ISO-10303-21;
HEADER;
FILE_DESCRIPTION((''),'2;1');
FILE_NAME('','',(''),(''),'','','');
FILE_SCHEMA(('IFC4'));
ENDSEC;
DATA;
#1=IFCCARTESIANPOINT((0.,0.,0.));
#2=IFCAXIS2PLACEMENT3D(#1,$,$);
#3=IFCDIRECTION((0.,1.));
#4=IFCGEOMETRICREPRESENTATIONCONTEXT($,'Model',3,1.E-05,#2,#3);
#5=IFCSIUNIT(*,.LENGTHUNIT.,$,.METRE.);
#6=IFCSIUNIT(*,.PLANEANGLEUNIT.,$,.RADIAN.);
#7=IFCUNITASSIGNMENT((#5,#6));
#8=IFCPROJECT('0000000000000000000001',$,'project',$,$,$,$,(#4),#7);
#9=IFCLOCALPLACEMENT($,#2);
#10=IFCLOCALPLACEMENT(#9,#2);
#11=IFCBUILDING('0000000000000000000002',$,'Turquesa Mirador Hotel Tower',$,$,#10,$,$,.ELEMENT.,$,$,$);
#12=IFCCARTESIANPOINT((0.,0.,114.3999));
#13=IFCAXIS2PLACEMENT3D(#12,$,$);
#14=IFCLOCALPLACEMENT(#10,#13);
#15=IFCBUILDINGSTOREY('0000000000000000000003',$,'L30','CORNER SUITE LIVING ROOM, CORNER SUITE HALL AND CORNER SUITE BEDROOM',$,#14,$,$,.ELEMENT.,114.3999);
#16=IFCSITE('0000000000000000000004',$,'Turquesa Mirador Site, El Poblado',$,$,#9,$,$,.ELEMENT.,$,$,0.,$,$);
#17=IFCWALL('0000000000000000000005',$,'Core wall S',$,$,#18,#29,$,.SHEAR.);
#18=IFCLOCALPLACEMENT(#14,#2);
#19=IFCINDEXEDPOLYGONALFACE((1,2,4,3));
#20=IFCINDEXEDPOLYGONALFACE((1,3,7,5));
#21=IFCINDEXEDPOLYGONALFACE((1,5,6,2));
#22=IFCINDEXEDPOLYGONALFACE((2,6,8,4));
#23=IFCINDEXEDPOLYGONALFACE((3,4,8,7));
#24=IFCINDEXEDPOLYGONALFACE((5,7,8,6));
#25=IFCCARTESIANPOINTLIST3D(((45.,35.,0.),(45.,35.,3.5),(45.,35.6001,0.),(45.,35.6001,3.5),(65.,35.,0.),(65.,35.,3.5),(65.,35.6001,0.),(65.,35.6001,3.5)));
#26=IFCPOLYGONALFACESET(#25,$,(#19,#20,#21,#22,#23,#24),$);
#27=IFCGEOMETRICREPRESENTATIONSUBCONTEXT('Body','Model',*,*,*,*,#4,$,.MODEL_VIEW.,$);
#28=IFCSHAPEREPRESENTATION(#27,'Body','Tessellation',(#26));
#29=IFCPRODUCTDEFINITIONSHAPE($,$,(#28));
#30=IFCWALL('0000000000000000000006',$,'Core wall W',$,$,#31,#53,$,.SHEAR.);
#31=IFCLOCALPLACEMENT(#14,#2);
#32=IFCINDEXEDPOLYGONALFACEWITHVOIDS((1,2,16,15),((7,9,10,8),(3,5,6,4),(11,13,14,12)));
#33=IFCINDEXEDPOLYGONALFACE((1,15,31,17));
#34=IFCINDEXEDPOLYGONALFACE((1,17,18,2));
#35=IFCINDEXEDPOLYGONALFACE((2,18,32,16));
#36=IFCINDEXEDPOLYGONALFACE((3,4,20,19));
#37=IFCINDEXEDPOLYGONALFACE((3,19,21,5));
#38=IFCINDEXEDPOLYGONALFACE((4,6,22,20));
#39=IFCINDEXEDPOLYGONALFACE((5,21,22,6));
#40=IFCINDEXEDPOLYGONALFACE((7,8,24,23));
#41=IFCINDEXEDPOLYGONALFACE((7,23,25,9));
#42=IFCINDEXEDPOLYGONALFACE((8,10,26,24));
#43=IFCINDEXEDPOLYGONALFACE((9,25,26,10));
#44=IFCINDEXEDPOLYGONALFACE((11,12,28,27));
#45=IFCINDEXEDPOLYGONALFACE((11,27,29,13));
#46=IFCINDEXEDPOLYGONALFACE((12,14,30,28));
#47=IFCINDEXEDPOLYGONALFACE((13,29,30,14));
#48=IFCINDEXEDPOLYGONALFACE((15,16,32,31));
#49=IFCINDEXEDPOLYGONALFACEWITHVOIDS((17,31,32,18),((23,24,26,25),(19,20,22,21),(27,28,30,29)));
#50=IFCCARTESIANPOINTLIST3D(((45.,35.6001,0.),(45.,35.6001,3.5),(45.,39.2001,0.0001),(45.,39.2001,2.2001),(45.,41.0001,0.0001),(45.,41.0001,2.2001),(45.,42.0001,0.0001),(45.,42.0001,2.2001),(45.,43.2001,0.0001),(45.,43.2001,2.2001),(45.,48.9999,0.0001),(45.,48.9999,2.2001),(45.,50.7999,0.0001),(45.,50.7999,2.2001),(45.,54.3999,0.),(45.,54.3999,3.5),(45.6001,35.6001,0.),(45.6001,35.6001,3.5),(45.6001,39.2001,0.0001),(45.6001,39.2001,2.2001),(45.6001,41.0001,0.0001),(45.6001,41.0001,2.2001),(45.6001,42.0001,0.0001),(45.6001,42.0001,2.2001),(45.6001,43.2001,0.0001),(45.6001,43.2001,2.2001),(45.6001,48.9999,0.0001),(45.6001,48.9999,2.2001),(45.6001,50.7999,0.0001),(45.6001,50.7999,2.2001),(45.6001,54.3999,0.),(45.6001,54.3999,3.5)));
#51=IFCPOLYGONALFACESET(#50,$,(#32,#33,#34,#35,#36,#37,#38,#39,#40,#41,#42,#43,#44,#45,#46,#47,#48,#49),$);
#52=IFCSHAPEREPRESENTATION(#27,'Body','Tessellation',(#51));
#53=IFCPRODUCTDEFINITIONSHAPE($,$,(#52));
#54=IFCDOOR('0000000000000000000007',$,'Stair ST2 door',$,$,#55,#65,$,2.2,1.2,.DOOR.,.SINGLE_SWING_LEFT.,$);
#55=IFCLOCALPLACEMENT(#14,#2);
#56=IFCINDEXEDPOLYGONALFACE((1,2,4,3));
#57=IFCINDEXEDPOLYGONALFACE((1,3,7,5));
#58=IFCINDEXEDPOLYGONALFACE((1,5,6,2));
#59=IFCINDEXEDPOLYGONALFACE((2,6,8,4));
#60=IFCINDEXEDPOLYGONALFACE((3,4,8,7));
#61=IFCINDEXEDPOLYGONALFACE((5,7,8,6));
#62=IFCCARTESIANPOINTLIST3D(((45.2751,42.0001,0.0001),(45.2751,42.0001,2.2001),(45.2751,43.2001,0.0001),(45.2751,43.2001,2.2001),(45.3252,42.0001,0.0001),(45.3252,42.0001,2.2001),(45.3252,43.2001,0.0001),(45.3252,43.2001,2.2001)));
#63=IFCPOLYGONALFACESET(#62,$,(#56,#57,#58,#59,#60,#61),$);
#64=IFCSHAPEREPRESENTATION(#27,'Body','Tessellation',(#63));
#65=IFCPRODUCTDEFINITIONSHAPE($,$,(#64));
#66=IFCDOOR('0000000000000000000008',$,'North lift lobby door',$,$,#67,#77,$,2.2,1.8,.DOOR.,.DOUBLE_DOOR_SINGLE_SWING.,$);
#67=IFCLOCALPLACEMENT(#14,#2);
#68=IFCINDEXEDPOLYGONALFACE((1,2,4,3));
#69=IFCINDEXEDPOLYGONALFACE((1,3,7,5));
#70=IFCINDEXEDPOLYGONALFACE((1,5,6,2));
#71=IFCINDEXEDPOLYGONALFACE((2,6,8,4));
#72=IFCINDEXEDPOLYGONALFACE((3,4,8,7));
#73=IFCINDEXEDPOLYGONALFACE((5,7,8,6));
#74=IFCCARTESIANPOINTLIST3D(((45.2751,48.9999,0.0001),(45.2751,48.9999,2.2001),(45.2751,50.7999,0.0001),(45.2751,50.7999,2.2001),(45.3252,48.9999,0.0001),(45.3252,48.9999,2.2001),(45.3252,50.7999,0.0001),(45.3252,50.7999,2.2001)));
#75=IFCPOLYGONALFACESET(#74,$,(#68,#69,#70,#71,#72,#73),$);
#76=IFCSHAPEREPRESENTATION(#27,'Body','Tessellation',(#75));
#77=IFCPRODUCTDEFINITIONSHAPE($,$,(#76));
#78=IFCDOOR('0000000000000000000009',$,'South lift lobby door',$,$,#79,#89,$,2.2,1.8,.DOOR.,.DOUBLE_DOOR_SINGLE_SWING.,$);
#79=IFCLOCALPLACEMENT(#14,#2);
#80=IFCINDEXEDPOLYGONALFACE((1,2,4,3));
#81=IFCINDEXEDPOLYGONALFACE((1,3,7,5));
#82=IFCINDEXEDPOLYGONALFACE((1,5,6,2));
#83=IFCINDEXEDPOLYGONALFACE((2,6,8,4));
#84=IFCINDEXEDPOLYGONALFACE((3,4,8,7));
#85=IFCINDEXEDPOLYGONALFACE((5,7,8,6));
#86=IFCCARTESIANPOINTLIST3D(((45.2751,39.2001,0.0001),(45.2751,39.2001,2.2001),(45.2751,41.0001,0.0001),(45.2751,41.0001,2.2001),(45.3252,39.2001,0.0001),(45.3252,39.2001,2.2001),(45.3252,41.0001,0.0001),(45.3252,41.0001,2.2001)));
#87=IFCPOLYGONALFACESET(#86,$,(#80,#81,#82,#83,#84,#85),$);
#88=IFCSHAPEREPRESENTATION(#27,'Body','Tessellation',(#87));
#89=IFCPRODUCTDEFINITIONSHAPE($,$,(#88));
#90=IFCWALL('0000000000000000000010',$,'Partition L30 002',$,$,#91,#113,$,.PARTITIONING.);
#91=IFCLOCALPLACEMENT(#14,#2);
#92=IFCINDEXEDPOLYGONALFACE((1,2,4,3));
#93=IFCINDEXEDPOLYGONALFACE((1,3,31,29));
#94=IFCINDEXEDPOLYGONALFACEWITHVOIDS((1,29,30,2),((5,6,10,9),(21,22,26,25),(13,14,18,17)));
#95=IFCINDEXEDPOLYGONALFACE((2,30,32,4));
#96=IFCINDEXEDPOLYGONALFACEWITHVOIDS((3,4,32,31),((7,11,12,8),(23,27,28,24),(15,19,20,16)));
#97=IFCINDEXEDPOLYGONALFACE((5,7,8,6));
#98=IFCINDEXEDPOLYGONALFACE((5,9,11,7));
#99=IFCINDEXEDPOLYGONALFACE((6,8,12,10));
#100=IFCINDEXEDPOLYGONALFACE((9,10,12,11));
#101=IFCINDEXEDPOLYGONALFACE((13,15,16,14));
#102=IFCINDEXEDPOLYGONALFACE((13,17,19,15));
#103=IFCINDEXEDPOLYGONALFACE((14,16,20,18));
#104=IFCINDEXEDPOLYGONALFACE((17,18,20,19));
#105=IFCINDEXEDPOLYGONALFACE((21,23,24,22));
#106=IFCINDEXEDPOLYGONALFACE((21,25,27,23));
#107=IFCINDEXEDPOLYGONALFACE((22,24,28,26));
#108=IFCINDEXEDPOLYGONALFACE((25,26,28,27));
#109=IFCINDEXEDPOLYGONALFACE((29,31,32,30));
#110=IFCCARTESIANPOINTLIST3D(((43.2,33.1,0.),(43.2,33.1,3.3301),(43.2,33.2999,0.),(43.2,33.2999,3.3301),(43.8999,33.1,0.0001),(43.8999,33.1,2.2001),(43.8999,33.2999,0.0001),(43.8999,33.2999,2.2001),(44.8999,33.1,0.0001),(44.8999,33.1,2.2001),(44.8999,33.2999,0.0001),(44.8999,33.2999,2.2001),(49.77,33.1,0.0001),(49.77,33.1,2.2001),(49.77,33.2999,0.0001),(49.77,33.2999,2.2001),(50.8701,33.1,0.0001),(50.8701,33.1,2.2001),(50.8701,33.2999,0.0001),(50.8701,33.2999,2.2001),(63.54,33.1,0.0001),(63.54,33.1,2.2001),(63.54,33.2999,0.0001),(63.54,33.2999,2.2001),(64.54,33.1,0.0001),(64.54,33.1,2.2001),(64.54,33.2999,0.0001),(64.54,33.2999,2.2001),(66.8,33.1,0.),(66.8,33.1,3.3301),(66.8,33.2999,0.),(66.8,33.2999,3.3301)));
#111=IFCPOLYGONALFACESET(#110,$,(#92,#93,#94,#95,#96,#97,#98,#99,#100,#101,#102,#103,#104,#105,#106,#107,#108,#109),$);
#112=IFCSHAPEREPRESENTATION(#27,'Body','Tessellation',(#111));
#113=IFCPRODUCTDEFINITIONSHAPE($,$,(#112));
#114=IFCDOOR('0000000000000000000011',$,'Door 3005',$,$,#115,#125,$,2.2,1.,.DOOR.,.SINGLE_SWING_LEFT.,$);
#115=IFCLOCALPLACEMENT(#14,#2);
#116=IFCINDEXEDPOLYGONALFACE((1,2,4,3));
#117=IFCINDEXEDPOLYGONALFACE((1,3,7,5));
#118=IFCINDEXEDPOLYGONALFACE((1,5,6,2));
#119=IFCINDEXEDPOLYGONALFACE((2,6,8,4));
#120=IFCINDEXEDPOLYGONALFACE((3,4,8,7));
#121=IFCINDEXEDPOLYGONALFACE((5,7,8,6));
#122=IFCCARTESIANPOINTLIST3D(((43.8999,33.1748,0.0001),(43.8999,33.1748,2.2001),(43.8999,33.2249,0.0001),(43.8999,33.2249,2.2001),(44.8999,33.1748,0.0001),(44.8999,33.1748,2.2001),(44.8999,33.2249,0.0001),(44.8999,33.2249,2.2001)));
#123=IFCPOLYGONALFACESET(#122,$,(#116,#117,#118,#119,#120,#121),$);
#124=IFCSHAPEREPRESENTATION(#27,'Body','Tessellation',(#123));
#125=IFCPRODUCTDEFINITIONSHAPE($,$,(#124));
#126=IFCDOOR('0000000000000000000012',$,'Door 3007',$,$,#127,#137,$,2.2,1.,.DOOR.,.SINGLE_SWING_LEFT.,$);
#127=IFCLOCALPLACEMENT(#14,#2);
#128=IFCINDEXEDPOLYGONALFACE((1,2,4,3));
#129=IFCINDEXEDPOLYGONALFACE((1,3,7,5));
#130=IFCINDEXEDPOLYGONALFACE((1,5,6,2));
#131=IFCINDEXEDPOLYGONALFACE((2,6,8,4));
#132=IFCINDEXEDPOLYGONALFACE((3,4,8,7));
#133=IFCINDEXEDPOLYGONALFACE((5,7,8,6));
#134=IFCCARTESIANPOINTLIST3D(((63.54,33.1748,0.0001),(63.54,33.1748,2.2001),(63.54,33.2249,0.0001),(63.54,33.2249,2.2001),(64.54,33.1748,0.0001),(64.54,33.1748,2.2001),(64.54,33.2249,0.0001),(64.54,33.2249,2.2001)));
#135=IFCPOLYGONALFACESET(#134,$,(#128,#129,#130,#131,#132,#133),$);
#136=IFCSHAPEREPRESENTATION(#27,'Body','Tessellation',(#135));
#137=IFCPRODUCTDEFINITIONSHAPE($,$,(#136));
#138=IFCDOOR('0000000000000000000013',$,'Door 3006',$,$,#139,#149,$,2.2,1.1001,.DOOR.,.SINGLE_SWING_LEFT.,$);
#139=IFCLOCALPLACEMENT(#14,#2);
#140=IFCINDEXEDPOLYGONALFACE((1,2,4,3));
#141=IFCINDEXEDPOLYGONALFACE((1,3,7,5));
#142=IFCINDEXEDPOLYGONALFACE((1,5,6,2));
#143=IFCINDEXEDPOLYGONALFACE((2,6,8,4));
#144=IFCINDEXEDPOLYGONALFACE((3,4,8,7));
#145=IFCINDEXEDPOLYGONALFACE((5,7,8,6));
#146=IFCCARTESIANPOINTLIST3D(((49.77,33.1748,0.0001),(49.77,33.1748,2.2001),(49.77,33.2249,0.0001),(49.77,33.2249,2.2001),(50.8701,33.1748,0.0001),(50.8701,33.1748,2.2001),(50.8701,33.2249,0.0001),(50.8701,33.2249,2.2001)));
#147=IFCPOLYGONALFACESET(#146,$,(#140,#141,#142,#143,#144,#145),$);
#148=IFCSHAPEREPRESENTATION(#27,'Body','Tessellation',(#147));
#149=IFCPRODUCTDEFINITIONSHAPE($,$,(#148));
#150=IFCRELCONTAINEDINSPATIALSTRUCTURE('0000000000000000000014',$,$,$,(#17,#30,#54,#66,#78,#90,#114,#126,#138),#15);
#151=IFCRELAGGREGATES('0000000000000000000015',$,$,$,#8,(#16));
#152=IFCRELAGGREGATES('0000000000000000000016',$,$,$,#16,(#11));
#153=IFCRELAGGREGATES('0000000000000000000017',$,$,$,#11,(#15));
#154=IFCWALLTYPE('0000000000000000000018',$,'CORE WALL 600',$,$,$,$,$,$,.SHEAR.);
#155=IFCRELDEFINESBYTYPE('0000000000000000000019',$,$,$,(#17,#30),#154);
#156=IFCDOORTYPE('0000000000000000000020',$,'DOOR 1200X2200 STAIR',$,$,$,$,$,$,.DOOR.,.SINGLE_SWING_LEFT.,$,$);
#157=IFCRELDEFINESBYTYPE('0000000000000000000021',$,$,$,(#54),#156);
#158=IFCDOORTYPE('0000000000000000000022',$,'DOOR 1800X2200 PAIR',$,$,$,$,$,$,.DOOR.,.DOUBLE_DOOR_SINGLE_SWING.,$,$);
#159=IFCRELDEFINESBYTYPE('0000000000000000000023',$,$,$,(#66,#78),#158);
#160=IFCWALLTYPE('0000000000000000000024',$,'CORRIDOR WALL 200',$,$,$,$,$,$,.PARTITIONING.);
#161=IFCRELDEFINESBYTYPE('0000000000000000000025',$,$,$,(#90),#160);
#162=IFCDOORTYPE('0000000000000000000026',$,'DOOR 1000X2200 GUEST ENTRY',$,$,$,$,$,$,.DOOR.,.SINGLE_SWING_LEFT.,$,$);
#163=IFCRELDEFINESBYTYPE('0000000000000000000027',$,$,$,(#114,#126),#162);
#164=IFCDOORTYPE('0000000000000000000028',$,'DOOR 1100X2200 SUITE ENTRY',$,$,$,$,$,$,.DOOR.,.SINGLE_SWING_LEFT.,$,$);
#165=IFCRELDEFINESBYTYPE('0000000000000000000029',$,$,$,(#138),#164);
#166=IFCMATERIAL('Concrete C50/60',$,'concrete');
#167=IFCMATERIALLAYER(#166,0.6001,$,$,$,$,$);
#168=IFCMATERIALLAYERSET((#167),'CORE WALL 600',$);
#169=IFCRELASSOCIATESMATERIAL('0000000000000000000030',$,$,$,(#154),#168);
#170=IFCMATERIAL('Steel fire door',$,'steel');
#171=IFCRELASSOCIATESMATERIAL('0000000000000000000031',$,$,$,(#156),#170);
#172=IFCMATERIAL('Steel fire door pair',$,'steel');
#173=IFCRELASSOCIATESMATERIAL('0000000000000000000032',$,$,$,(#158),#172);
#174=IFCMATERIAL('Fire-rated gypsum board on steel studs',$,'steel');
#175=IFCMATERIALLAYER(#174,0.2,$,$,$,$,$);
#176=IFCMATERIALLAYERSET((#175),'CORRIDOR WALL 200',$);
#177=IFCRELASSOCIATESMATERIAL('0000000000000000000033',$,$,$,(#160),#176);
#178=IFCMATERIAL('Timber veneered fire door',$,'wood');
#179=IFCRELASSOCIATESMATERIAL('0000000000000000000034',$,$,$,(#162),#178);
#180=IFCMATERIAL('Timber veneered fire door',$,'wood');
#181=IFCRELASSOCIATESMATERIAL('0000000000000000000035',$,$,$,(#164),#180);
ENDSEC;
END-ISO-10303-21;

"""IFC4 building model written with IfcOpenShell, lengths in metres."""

from ifc_helpers import new_model, si_unit, direction, frame, frame_2d, origin, place, context, subcontext, project, spatial, rectangle, extrude, material, layer, layer_set, type_object, element, fill, save


model = new_model("IFC4")

# Units and contexts
model_context = context("Model", 3, precision=1e-05, world=origin(), true_north=direction((0.0, 1.0)))
body_context = subcontext(model_context, "Body", "Model", "MODEL_VIEW")
ifc_project = project(units=[si_unit("LENGTHUNIT", "METRE"), si_unit("PLANEANGLEUNIT", "RADIAN")], contexts=[model_context])

# Site, building, storey
site_placement = place(None, origin())
site = spatial("IfcSite", under=ifc_project, at=site_placement, Name="Turquesa Mirador Site, El Poblado", CompositionType="ELEMENT", RefElevation=0.0)
building_placement = place(site_placement, origin())
building = spatial("IfcBuilding", under=site, at=building_placement, Name="Turquesa Mirador Hotel Tower", CompositionType="ELEMENT")
storey_placement = place(building_placement, frame((0.0, 0.0, 114.3999)))
storey = spatial("IfcBuildingStorey", under=building, at=storey_placement, Name="L30", Description="CORNER SUITE LIVING ROOM, CORNER SUITE HALL AND CORNER SUITE BEDROOM", CompositionType="ELEMENT", Elevation=114.3999)

# Wall
ifc_material_1 = material(Name="Concrete C50/60", Category="concrete")
ifc_layer_1 = layer(ifc_material_1, 0.6001)
ifc_layer_set_1 = layer_set([ifc_layer_1], Name="CORE WALL 600")
wall_type_1 = type_object("IfcWallType", Name="CORE WALL 600", PredefinedType="SHEAR", material=ifc_layer_set_1)
wall_1_placement = place(storey_placement, frame((45.0, 35.3, 0.0), z_axis=(0.0, 0.0, 1.0), x_axis=(1.0, 0.0, 0.0)))
element("IfcWall", 1, at=wall_1_placement, inside=storey, type_object=wall_type_1, Name="Core wall S", PredefinedType="SHEAR", context=body_context, shape_type="SweptSolid", body=[
    extrude(rectangle(XDim=20.0, YDim=0.6001, at=frame_2d((10.0, 0.0))), origin(), (0.0, 0.0, 1.0), 3.5),
])

# Walls, openings, doors
wall_2_placement = place(storey_placement, frame((45.3, 35.6001, 0.0), z_axis=(0.0, 0.0, 1.0), x_axis=(0.0, 1.0, 0.0)))
wall_2 = element("IfcWall", 2, at=wall_2_placement, inside=storey, type_object=wall_type_1, Name="Core wall W", PredefinedType="SHEAR", context=body_context, shape_type="SweptSolid", body=[
    extrude(rectangle(XDim=18.7998, YDim=0.6001, at=frame_2d((9.3999, 0.0))), origin(), (0.0, 0.0, 1.0), 3.5),
])
opening_1_placement = place(wall_2_placement, frame((13.3999, 0.0, 0.0)))
opening_1 = element("IfcOpeningElement", 3, at=opening_1_placement, cuts=wall_2, PredefinedType="OPENING", context=body_context, shape_type="SweptSolid", body=[
    extrude(rectangle(XDim=1.8, YDim=2.2, at=frame_2d((0.8999, 1.1001))), frame((0.0, 0.3101, 0.0), z_axis=(0.0, -1.0, 0.0), x_axis=(1.0, 0.0, 0.0)), (0.0, 0.0, 1.0), 0.6201),
])
opening_2_placement = place(wall_2_placement, frame((3.6001, 0.0, 0.0)))
opening_2 = element("IfcOpeningElement", 4, at=opening_2_placement, cuts=wall_2, PredefinedType="OPENING", context=body_context, shape_type="SweptSolid", body=[
    extrude(rectangle(XDim=1.8, YDim=2.2, at=frame_2d((0.8999, 1.1001))), frame((0.0, 0.3101, 0.0), z_axis=(0.0, -1.0, 0.0), x_axis=(1.0, 0.0, 0.0)), (0.0, 0.0, 1.0), 0.6201),
])
opening_3_placement = place(wall_2_placement, frame((6.3999, 0.0, 0.0)))
opening_3 = element("IfcOpeningElement", 5, at=opening_3_placement, cuts=wall_2, PredefinedType="OPENING", context=body_context, shape_type="SweptSolid", body=[
    extrude(rectangle(XDim=1.2, YDim=2.2, at=frame_2d((0.6001, 1.1001))), frame((0.0, 0.3101, 0.0), z_axis=(0.0, -1.0, 0.0), x_axis=(1.0, 0.0, 0.0)), (0.0, 0.0, 1.0), 0.6201),
])
ifc_material_2 = material(Name="Steel fire door", Category="steel")
door_type_1 = type_object("IfcDoorType", Name="DOOR 1200X2200 STAIR", OperationType="SINGLE_SWING_LEFT", PredefinedType="DOOR", material=ifc_material_2)
door_1_placement = place(opening_3_placement, origin())
door_1 = element("IfcDoor", 6, at=door_1_placement, inside=storey, type_object=door_type_1, Name="Stair ST2 door", OperationType="SINGLE_SWING_LEFT", OverallHeight=2.2, OverallWidth=1.2, PredefinedType="DOOR", context=body_context, shape_type="SweptSolid", body=[
    extrude(rectangle(XDim=1.2, YDim=2.2, at=frame_2d((0.6001, 1.1001))), frame((0.0, 0.0249, 0.0), z_axis=(0.0, -1.0, 0.0), x_axis=(1.0, 0.0, 0.0)), (0.0, 0.0, 1.0), 0.05),
])
fill(opening_3, door_1)
ifc_material_3 = material(Name="Steel fire door pair", Category="steel")
door_type_2 = type_object("IfcDoorType", Name="DOOR 1800X2200 PAIR", OperationType="DOUBLE_DOOR_SINGLE_SWING", PredefinedType="DOOR", material=ifc_material_3)
door_2_placement = place(opening_1_placement, origin())
door_2 = element("IfcDoor", 7, at=door_2_placement, inside=storey, type_object=door_type_2, Name="North lift lobby door", OperationType="DOUBLE_DOOR_SINGLE_SWING", OverallHeight=2.2, OverallWidth=1.8, PredefinedType="DOOR", context=body_context, shape_type="SweptSolid", body=[
    extrude(rectangle(XDim=1.8, YDim=2.2, at=frame_2d((0.8999, 1.1001))), frame((0.0, 0.0249, 0.0), z_axis=(0.0, -1.0, 0.0), x_axis=(1.0, 0.0, 0.0)), (0.0, 0.0, 1.0), 0.05),
])
fill(opening_1, door_2)
door_3_placement = place(opening_2_placement, origin())
door_3 = element("IfcDoor", 8, at=door_3_placement, inside=storey, type_object=door_type_2, Name="South lift lobby door", OperationType="DOUBLE_DOOR_SINGLE_SWING", OverallHeight=2.2, OverallWidth=1.8, PredefinedType="DOOR", context=body_context, shape_type="SweptSolid", body=[
    extrude(rectangle(XDim=1.8, YDim=2.2, at=frame_2d((0.8999, 1.1001))), frame((0.0, 0.0249, 0.0), z_axis=(0.0, -1.0, 0.0), x_axis=(1.0, 0.0, 0.0)), (0.0, 0.0, 1.0), 0.05),
])
fill(opening_2, door_3)
ifc_material_4 = material(Name="Fire-rated gypsum board on steel studs", Category="steel")
ifc_layer_2 = layer(ifc_material_4, 0.2)
ifc_layer_set_2 = layer_set([ifc_layer_2], Name="CORRIDOR WALL 200")
wall_type_2 = type_object("IfcWallType", Name="CORRIDOR WALL 200", PredefinedType="PARTITIONING", material=ifc_layer_set_2)
wall_3_placement = place(storey_placement, frame((43.2, 33.2, 0.0), z_axis=(0.0, 0.0, 1.0), x_axis=(1.0, 0.0, 0.0)))
wall_3 = element("IfcWall", 9, at=wall_3_placement, inside=storey, type_object=wall_type_2, Name="Partition L30 002", PredefinedType="PARTITIONING", context=body_context, shape_type="SweptSolid", body=[
    extrude(rectangle(XDim=23.6001, YDim=0.2, at=frame_2d((11.8, 0.0))), origin(), (0.0, 0.0, 1.0), 3.3301),
])
opening_4_placement = place(wall_3_placement, frame((0.7, 0.0, 0.0)))
opening_4 = element("IfcOpeningElement", 10, at=opening_4_placement, cuts=wall_3, PredefinedType="OPENING", context=body_context, shape_type="SweptSolid", body=[
    extrude(rectangle(XDim=1.0, YDim=2.2, at=frame_2d((0.5, 1.1001))), frame((0.0, 0.1099, 0.0), z_axis=(0.0, -1.0, 0.0), x_axis=(1.0, 0.0, 0.0)), (0.0, 0.0, 1.0), 0.22),
])
opening_5_placement = place(wall_3_placement, frame((6.5701, 0.0, 0.0)))
opening_5 = element("IfcOpeningElement", 11, at=opening_5_placement, cuts=wall_3, PredefinedType="OPENING", context=body_context, shape_type="SweptSolid", body=[
    extrude(rectangle(XDim=1.1001, YDim=2.2, at=frame_2d((0.55, 1.1001))), frame((0.0, 0.1099, 0.0), z_axis=(0.0, -1.0, 0.0), x_axis=(1.0, 0.0, 0.0)), (0.0, 0.0, 1.0), 0.22),
])
opening_6_placement = place(wall_3_placement, frame((20.3401, 0.0, 0.0)))
opening_6 = element("IfcOpeningElement", 12, at=opening_6_placement, cuts=wall_3, PredefinedType="OPENING", context=body_context, shape_type="SweptSolid", body=[
    extrude(rectangle(XDim=1.0, YDim=2.2, at=frame_2d((0.5, 1.1001))), frame((0.0, 0.1099, 0.0), z_axis=(0.0, -1.0, 0.0), x_axis=(1.0, 0.0, 0.0)), (0.0, 0.0, 1.0), 0.22),
])
ifc_material_5 = material(Name="Timber veneered fire door", Category="wood")
door_type_3 = type_object("IfcDoorType", Name="DOOR 1000X2200 GUEST ENTRY", OperationType="SINGLE_SWING_LEFT", PredefinedType="DOOR", material=ifc_material_5)
door_4_placement = place(opening_4_placement, origin())
door_4 = element("IfcDoor", 13, at=door_4_placement, inside=storey, type_object=door_type_3, Name="Door 3005", OperationType="SINGLE_SWING_LEFT", OverallHeight=2.2, OverallWidth=1.0, PredefinedType="DOOR", context=body_context, shape_type="SweptSolid", body=[
    extrude(rectangle(XDim=1.0, YDim=2.2, at=frame_2d((0.5, 1.1001))), frame((0.0, 0.0249, 0.0), z_axis=(0.0, -1.0, 0.0), x_axis=(1.0, 0.0, 0.0)), (0.0, 0.0, 1.0), 0.05),
])
fill(opening_4, door_4)
door_5_placement = place(opening_6_placement, origin())
door_5 = element("IfcDoor", 14, at=door_5_placement, inside=storey, type_object=door_type_3, Name="Door 3007", OperationType="SINGLE_SWING_LEFT", OverallHeight=2.2, OverallWidth=1.0, PredefinedType="DOOR", context=body_context, shape_type="SweptSolid", body=[
    extrude(rectangle(XDim=1.0, YDim=2.2, at=frame_2d((0.5, 1.1001))), frame((0.0, 0.0249, 0.0), z_axis=(0.0, -1.0, 0.0), x_axis=(1.0, 0.0, 0.0)), (0.0, 0.0, 1.0), 0.05),
])
fill(opening_6, door_5)
ifc_material_6 = material(Name="Timber veneered fire door", Category="wood")
door_type_4 = type_object("IfcDoorType", Name="DOOR 1100X2200 SUITE ENTRY", OperationType="SINGLE_SWING_LEFT", PredefinedType="DOOR", material=ifc_material_6)
door_6_placement = place(opening_5_placement, origin())
door_6 = element("IfcDoor", 15, at=door_6_placement, inside=storey, type_object=door_type_4, Name="Door 3006", OperationType="SINGLE_SWING_LEFT", OverallHeight=2.2, OverallWidth=1.1001, PredefinedType="DOOR", context=body_context, shape_type="SweptSolid", body=[
    extrude(rectangle(XDim=1.1001, YDim=2.2, at=frame_2d((0.55, 1.1001))), frame((0.0, 0.0249, 0.0), z_axis=(0.0, -1.0, 0.0), x_axis=(1.0, 0.0, 0.0)), (0.0, 0.0, 1.0), 0.05),
])
fill(opening_5, door_6)

save(model, "model.ifc")
